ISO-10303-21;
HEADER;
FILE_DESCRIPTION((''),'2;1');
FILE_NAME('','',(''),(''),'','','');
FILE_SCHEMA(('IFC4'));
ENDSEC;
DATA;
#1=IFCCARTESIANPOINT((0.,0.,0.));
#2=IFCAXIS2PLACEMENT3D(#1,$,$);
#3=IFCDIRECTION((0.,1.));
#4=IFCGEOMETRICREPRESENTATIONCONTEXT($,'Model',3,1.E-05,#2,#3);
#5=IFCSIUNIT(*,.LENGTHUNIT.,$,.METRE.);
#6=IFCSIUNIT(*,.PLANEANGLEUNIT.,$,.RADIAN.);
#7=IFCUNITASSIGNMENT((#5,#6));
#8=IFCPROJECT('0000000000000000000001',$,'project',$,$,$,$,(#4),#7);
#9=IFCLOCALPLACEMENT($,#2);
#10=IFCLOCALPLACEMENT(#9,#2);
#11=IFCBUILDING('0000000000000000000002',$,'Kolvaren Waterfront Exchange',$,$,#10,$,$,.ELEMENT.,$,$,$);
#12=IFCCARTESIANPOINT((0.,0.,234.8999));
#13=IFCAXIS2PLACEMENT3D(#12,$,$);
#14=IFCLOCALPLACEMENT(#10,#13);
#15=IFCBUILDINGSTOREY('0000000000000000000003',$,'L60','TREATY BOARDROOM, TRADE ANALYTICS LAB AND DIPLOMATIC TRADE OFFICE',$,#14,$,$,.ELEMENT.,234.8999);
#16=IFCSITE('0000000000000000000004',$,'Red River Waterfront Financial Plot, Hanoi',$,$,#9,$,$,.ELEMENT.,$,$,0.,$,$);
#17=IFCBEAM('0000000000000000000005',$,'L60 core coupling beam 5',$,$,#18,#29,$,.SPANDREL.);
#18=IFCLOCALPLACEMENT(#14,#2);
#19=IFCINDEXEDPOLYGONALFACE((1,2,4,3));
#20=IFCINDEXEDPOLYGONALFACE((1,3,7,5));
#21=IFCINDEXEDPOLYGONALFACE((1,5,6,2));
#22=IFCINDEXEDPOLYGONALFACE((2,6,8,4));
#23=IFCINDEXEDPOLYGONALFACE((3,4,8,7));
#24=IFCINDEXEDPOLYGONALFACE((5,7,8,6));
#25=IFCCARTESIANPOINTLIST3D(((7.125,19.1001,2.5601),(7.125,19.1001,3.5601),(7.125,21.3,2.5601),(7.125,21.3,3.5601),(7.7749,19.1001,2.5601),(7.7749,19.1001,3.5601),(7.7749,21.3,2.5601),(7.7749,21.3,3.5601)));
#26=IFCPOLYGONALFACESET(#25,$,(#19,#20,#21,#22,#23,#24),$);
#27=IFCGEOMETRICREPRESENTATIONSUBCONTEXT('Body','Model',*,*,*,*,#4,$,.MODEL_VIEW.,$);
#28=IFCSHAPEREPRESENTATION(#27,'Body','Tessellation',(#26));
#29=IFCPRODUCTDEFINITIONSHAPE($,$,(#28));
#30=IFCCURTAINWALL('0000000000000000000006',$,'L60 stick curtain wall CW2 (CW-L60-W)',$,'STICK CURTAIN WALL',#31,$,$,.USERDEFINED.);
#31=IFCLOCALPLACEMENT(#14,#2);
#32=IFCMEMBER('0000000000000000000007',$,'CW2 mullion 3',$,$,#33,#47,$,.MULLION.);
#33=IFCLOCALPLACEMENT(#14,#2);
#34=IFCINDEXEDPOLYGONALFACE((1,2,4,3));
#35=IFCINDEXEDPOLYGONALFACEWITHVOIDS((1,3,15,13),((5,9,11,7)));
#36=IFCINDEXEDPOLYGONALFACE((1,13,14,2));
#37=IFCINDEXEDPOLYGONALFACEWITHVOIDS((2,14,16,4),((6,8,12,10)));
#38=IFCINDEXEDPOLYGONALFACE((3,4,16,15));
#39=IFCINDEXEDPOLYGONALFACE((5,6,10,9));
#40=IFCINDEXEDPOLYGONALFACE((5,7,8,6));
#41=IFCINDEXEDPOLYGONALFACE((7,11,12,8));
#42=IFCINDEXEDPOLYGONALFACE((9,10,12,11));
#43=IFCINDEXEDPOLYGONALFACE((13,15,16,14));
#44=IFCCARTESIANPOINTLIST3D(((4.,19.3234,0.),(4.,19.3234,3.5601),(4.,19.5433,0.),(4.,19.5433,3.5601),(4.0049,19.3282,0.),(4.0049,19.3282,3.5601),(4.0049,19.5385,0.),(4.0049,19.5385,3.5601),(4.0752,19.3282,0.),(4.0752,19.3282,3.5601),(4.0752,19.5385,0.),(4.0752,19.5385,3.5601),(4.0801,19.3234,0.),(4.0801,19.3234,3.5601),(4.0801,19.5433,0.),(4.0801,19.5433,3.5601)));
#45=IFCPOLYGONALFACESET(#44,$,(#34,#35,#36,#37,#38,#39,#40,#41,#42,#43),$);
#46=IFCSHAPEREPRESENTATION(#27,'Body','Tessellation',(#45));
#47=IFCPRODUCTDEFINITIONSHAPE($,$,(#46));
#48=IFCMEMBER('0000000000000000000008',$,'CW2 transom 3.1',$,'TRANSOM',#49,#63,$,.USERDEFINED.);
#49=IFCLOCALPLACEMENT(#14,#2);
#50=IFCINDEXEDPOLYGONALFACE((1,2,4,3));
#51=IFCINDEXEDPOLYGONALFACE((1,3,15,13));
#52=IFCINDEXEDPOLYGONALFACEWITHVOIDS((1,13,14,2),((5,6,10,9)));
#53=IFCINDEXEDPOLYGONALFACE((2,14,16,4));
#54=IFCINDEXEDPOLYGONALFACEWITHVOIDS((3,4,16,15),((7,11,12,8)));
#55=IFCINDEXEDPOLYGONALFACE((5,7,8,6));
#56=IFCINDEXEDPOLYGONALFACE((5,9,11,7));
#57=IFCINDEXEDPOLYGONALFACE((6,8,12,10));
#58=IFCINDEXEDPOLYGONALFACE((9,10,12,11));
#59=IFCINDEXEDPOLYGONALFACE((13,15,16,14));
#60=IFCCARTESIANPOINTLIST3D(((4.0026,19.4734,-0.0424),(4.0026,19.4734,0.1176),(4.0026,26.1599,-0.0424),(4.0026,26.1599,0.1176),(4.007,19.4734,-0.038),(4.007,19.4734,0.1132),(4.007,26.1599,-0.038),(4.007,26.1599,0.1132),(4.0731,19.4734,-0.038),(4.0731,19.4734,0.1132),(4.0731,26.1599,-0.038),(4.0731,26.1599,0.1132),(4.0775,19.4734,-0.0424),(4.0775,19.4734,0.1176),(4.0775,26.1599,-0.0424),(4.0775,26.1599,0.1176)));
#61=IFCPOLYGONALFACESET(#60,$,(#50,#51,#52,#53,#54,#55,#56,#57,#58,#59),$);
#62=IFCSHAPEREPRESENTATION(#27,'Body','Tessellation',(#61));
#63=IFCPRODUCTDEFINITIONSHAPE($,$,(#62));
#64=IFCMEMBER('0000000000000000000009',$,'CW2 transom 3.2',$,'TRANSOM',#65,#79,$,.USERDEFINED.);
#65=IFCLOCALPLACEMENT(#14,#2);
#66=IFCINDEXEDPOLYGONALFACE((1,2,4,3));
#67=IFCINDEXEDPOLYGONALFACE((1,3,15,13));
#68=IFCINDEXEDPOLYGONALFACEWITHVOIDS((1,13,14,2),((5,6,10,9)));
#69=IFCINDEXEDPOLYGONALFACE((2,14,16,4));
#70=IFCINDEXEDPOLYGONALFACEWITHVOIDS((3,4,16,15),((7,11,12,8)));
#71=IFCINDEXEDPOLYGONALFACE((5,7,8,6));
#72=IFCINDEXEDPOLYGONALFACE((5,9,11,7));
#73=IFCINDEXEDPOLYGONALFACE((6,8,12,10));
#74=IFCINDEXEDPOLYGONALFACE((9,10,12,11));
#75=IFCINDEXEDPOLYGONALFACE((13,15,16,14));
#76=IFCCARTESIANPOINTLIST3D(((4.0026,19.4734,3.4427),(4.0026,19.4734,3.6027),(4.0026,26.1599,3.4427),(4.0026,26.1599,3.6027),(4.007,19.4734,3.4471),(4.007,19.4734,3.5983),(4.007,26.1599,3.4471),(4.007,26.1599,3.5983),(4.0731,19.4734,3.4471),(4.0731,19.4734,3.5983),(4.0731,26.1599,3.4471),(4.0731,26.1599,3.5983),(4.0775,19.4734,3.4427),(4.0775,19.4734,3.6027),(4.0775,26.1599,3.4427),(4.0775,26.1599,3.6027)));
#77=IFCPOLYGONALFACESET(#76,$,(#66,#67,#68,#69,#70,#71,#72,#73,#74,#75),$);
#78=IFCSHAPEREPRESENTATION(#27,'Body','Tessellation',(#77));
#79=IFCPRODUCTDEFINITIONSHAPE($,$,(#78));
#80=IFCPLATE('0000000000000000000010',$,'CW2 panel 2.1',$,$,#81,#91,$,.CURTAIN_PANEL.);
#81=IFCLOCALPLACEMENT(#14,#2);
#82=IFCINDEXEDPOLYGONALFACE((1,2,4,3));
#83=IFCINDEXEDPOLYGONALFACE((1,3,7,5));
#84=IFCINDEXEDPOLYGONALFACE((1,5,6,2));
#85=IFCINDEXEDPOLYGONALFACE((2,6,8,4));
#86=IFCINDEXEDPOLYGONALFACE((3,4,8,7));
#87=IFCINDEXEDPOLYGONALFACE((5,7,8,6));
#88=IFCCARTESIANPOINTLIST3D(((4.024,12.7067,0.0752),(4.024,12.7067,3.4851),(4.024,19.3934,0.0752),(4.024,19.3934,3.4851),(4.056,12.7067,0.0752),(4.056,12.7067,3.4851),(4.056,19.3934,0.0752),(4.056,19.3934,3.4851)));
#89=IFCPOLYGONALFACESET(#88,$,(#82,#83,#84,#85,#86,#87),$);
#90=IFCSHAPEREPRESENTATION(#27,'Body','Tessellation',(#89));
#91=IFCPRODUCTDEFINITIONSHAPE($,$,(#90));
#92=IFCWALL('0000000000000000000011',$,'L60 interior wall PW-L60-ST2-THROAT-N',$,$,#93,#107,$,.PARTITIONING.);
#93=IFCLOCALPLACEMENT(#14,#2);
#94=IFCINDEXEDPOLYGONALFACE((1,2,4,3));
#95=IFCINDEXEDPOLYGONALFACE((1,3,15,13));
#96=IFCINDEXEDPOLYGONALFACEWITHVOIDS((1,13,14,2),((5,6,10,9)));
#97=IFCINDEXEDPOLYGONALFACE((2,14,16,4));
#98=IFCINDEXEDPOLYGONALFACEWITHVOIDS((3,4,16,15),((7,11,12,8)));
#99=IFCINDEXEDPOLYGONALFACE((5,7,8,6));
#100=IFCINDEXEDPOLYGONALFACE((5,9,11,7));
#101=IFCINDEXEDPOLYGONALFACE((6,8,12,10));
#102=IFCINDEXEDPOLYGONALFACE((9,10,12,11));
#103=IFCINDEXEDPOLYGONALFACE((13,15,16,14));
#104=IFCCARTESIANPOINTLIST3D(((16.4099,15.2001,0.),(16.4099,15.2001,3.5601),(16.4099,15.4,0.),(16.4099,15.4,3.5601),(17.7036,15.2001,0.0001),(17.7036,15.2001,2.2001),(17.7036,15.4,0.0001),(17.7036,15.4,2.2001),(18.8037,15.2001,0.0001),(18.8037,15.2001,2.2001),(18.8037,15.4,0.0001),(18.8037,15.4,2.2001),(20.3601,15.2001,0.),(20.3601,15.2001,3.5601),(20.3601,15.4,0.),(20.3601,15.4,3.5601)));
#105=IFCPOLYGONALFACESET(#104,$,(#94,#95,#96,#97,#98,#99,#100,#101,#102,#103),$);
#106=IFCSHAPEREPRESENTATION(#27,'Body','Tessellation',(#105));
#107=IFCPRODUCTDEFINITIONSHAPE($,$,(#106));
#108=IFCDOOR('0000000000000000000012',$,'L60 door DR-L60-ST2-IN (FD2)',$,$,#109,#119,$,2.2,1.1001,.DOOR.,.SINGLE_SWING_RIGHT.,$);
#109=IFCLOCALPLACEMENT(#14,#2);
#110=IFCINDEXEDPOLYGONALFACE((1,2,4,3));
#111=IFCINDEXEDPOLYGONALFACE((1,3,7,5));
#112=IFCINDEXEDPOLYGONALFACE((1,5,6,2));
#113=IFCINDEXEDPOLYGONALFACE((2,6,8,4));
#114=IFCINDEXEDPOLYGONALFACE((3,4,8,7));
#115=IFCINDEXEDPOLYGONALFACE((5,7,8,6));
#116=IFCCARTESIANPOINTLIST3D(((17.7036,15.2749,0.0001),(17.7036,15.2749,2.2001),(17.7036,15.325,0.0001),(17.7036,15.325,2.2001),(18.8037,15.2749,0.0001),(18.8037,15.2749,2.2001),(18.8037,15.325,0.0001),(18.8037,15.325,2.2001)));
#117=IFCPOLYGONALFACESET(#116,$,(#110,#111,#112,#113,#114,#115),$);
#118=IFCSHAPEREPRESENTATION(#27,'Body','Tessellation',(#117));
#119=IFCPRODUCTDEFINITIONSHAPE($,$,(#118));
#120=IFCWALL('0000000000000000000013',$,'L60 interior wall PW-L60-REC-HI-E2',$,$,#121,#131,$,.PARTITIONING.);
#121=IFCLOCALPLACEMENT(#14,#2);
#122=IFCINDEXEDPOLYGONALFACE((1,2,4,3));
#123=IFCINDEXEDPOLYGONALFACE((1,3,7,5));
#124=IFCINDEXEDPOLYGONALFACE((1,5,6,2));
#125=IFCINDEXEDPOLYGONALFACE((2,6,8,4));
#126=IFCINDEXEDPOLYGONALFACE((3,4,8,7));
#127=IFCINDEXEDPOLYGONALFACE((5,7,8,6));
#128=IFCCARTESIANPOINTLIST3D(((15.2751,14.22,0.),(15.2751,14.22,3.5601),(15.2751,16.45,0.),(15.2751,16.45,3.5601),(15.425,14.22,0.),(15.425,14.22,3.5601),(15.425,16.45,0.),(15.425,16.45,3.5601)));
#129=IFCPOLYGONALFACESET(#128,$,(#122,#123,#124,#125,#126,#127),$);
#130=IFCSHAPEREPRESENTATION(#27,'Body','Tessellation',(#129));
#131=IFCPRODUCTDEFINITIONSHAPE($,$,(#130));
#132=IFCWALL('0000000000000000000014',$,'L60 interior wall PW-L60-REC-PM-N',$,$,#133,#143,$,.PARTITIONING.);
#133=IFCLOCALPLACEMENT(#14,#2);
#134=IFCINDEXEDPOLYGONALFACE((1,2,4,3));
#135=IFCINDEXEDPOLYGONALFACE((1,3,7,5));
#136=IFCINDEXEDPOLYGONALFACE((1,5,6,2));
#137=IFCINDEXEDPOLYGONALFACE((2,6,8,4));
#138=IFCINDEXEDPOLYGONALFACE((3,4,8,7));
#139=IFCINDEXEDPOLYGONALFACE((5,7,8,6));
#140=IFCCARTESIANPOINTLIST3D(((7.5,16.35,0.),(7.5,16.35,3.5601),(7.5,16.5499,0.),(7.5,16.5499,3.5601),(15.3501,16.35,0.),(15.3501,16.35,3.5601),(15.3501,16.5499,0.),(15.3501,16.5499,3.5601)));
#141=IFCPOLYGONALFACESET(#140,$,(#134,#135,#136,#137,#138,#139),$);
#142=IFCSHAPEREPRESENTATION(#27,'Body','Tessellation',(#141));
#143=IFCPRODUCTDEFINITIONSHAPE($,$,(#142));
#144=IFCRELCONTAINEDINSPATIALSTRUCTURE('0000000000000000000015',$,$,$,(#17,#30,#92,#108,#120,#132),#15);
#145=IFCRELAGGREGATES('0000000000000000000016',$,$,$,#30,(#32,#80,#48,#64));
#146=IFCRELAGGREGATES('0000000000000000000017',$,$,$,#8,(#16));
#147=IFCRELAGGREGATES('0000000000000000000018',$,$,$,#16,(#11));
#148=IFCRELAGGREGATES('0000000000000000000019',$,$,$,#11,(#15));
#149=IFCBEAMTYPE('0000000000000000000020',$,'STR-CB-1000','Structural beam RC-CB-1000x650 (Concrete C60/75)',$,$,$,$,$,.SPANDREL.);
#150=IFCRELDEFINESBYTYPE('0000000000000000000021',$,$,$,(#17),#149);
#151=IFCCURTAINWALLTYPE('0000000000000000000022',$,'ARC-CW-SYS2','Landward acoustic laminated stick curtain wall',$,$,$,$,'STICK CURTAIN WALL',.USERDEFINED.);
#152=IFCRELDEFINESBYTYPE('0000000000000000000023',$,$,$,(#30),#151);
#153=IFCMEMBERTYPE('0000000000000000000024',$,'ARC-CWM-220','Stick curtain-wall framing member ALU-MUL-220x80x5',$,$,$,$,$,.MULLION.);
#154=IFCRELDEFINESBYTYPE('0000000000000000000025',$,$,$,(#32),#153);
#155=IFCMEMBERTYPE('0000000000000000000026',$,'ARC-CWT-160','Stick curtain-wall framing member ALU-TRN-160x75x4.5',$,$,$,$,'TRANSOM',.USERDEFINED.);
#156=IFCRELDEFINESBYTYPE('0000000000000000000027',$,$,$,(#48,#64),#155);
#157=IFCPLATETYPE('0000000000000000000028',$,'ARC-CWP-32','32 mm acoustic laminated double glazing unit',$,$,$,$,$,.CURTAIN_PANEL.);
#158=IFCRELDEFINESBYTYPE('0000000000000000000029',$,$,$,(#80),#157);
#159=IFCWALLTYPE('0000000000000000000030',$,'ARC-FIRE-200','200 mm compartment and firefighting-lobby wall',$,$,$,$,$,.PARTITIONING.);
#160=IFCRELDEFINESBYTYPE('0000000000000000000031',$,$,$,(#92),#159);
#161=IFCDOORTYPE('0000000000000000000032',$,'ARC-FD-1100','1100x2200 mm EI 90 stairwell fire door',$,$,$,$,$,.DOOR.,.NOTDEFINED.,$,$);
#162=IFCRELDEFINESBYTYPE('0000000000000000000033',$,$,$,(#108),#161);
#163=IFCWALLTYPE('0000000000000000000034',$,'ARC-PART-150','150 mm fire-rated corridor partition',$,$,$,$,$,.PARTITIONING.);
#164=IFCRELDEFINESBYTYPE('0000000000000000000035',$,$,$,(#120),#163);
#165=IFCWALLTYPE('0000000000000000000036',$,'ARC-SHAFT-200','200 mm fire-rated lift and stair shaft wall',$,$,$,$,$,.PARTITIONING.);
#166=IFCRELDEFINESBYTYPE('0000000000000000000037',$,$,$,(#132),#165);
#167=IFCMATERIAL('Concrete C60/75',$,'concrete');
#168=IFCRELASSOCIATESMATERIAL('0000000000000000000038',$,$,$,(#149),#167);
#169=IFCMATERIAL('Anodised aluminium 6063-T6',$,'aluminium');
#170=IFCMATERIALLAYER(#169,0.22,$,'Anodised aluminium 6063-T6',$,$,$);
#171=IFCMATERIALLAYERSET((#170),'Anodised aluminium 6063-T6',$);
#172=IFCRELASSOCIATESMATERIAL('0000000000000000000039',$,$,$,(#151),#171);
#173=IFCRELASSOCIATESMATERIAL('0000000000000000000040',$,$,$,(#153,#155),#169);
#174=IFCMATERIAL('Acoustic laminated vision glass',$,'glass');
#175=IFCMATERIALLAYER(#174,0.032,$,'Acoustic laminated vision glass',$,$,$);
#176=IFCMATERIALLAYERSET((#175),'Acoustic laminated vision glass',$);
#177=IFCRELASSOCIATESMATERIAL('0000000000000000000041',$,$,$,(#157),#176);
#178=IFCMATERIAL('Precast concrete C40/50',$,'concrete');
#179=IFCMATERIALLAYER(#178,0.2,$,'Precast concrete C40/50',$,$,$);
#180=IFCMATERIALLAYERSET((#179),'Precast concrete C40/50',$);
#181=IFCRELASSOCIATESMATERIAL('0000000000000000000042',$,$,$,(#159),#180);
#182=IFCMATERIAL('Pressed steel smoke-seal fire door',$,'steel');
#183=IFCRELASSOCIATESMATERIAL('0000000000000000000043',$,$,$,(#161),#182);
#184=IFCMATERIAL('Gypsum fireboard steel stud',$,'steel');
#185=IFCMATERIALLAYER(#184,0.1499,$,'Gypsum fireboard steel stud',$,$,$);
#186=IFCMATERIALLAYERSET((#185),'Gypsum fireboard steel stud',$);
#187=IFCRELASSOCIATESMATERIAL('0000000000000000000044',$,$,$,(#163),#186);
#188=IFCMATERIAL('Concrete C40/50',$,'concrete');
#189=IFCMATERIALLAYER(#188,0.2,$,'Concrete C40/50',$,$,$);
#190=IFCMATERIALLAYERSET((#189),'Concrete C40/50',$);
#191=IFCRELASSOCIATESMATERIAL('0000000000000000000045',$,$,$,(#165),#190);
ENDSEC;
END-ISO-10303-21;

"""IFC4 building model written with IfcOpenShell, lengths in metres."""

from ifc_helpers import new_model, si_unit, direction, frame, frame_2d, origin, origin_with_axes, origin_2d, place, context, subcontext, project, spatial, rectangle, hollow_rectangle, extrude, source, transform, mapped, material, layer, layer_set, material_profile, profile_set, type_object, element, fill, aggregate, save


model = new_model("IFC4")

# Units and contexts
model_context = context("Model", 3, precision=1e-05, world=origin(), true_north=direction((0.0, 1.0)))
body_context = subcontext(model_context, "Body", "Model", "MODEL_VIEW")
ifc_project = project(units=[si_unit("LENGTHUNIT", "METRE"), si_unit("PLANEANGLEUNIT", "RADIAN")], contexts=[model_context])

# Site, building, storey
site_placement = place(None, origin())
site = spatial("IfcSite", under=ifc_project, at=site_placement, Name="Red River Waterfront Financial Plot, Hanoi", CompositionType="ELEMENT", RefElevation=0.0)
building_placement = place(site_placement, origin())
building = spatial("IfcBuilding", under=site, at=building_placement, Name="Kolvaren Waterfront Exchange", CompositionType="ELEMENT")
storey_placement = place(building_placement, frame((0.0, 0.0, 234.8999)))
storey = spatial("IfcBuildingStorey", under=building, at=storey_placement, Name="L60", Description="TREATY BOARDROOM, TRADE ANALYTICS LAB AND DIPLOMATIC TRADE OFFICE", CompositionType="ELEMENT", Elevation=234.8999)

# Beam
ifc_material_1 = material(Name="Concrete C60/75", Category="concrete")
ifc_material_profile_1 = material_profile(ifc_material_1, rectangle(XDim=0.6499, YDim=1.0, at=origin_2d()), Name="RC-CB-1000x650")
ifc_profile_set_1 = profile_set([ifc_material_profile_1], Name="Concrete C60/75")
beam_type = type_object("IfcBeamType", Name="STR-CB-1000", Description="Structural beam RC-CB-1000x650 (Concrete C60/75)", PredefinedType="SPANDREL", material=ifc_profile_set_1)
beam_placement = place(storey_placement, frame((7.45, 19.1001, 3.0601), z_axis=(0.0, 1.0, 0.0), x_axis=(-1.0, 0.0, 0.0)))
element("IfcBeam", 1, at=beam_placement, inside=storey, type_object=beam_type, Name="L60 core coupling beam 5", PredefinedType="SPANDREL", context=body_context, shape_type="SweptSolid", body=[
    extrude(rectangle(XDim=0.6499, YDim=1.0, at=origin_2d()), origin(), (0.0, 0.0, 1.0), 2.2),
])

# Curtain wall, members, plate
ifc_material_2 = material(Name="Anodised aluminium 6063-T6", Category="aluminium")
ifc_layer_1 = layer(ifc_material_2, 0.22, Name="Anodised aluminium 6063-T6")
ifc_layer_set_1 = layer_set([ifc_layer_1], Name="Anodised aluminium 6063-T6")
curtain_wall_type = type_object("IfcCurtainWallType", Name="ARC-CW-SYS2", Description="Landward acoustic laminated stick curtain wall", ElementType="STICK CURTAIN WALL", PredefinedType="USERDEFINED", material=ifc_layer_set_1)
curtain_wall_placement = place(storey_placement, origin())
curtain_wall = element("IfcCurtainWall", 2, at=curtain_wall_placement, inside=storey, type_object=curtain_wall_type, Name="L60 stick curtain wall CW2 (CW-L60-W)", ObjectType="STICK CURTAIN WALL", PredefinedType="USERDEFINED")
ifc_material_profile_2 = material_profile(ifc_material_2, hollow_rectangle(XDim=0.0801, YDim=0.22, WallThickness=0.0049, at=origin_2d()), Name="ALU-MUL-220x80x5")
ifc_profile_set_2 = profile_set([ifc_material_profile_2], Name="Anodised aluminium 6063-T6")
member_type_1 = type_object("IfcMemberType", Name="ARC-CWM-220", Description="Stick curtain-wall framing member ALU-MUL-220x80x5", PredefinedType="MULLION", material=ifc_profile_set_2)
shared_shape_1 = source(origin_with_axes(), body_context, "Body", "SweptSolid", [
    extrude(hollow_rectangle(XDim=0.0801, YDim=0.22, WallThickness=0.0049, at=origin_2d()), origin(), (0.0, 0.0, 1.0), 3.5601),
])
member_1_placement = place(storey_placement, frame((4.04, 19.4333, 0.0), z_axis=(0.0, 0.0, 1.0), x_axis=(-1.0, 0.0, 0.0)))
member_1 = element("IfcMember", 3, at=member_1_placement, type_object=member_type_1, Name="CW2 mullion 3", PredefinedType="MULLION", context=body_context, shape_type="MappedRepresentation", body=[
    mapped(shared_shape_1, transform((0.0, 0.0, 0.0), x_axis=(1.0, 0.0, 0.0), y_axis=(0.0, 1.0, 0.0), z_axis=(0.0, 0.0, 1.0), scale=1.0)),
])
ifc_material_profile_3 = material_profile(ifc_material_2, hollow_rectangle(XDim=0.075, YDim=0.1599, WallThickness=0.0044, at=origin_2d()), Name="ALU-TRN-160x75x4.5")
ifc_profile_set_3 = profile_set([ifc_material_profile_3], Name="Anodised aluminium 6063-T6")
member_type_2 = type_object("IfcMemberType", Name="ARC-CWT-160", Description="Stick curtain-wall framing member ALU-TRN-160x75x4.5", ElementType="TRANSOM", PredefinedType="USERDEFINED", material=ifc_profile_set_3)
shared_shape_2 = source(origin_with_axes(), body_context, "Body", "SweptSolid", [
    extrude(hollow_rectangle(XDim=0.075, YDim=0.1599, WallThickness=0.0044, at=origin_2d()), origin(), (0.0, 0.0, 1.0), 6.6865),
])
member_2_placement = place(storey_placement, frame((4.04, 19.4734, 0.0376), z_axis=(0.0, 1.0, 0.0), x_axis=(-1.0, 0.0, 0.0)))
member_2 = element("IfcMember", 4, at=member_2_placement, type_object=member_type_2, Name="CW2 transom 3.1", ObjectType="TRANSOM", PredefinedType="USERDEFINED", context=body_context, shape_type="MappedRepresentation", body=[
    mapped(shared_shape_2, transform((0.0, 0.0, 0.0), x_axis=(1.0, 0.0, 0.0), y_axis=(0.0, 1.0, 0.0), z_axis=(0.0, 0.0, 1.0), scale=1.0)),
])
member_3_placement = place(storey_placement, frame((4.04, 19.4734, 3.5227), z_axis=(0.0, 1.0, 0.0), x_axis=(-1.0, 0.0, 0.0)))
member_3 = element("IfcMember", 5, at=member_3_placement, type_object=member_type_2, Name="CW2 transom 3.2", ObjectType="TRANSOM", PredefinedType="USERDEFINED", context=body_context, shape_type="MappedRepresentation", body=[
    mapped(shared_shape_2, transform((0.0, 0.0, 0.0), x_axis=(1.0, 0.0, 0.0), y_axis=(0.0, 1.0, 0.0), z_axis=(0.0, 0.0, 1.0), scale=1.0)),
])
ifc_material_3 = material(Name="Acoustic laminated vision glass", Category="glass")
ifc_layer_2 = layer(ifc_material_3, 0.032, Name="Acoustic laminated vision glass")
ifc_layer_set_2 = layer_set([ifc_layer_2], Name="Acoustic laminated vision glass")
plate_type = type_object("IfcPlateType", Name="ARC-CWP-32", Description="32 mm acoustic laminated double glazing unit", PredefinedType="CURTAIN_PANEL", material=ifc_layer_set_2)
shared_shape_3 = source(origin_with_axes(), body_context, "Body", "SweptSolid", [
    extrude(rectangle(XDim=6.6868, YDim=0.032, at=origin_2d()), origin(), (0.0, 0.0, 1.0), 3.4099),
])
plate_placement = place(storey_placement, frame((4.04, 16.05, 0.0752), z_axis=(0.0, 0.0, 1.0), x_axis=(0.0, 1.0, 0.0)))
plate = element("IfcPlate", 6, at=plate_placement, type_object=plate_type, Name="CW2 panel 2.1", PredefinedType="CURTAIN_PANEL", context=body_context, shape_type="MappedRepresentation", body=[
    mapped(shared_shape_3, transform((0.0, 0.0, 0.0), x_axis=(1.0, 0.0, 0.0), y_axis=(0.0, 1.0, 0.0), z_axis=(0.0, 0.0, 1.0), scale=1.0)),
])
aggregate(curtain_wall, [member_1, plate, member_2, member_3])

# Wall, opening, door
ifc_material_4 = material(Name="Precast concrete C40/50", Category="concrete")
ifc_layer_3 = layer(ifc_material_4, 0.2, Name="Precast concrete C40/50")
ifc_layer_set_3 = layer_set([ifc_layer_3], Name="Precast concrete C40/50")
wall_type_1 = type_object("IfcWallType", Name="ARC-FIRE-200", Description="200 mm compartment and firefighting-lobby wall", PredefinedType="PARTITIONING", material=ifc_layer_set_3)
wall_1_placement = place(storey_placement, frame((16.4099, 15.3, 0.0), z_axis=(0.0, 0.0, 1.0), x_axis=(1.0, 0.0, 0.0)))
wall_1 = element("IfcWall", 7, at=wall_1_placement, inside=storey, type_object=wall_type_1, Name="L60 interior wall PW-L60-ST2-THROAT-N", PredefinedType="PARTITIONING", context=body_context, shape_type="SweptSolid", body=[
    extrude(rectangle(XDim=3.9502, YDim=0.2, at=frame_2d((1.9751, 0.0))), origin(), (0.0, 0.0, 1.0), 3.5601),
])
opening_1_placement = place(wall_1_placement, frame((1.2937, 0.0, 0.0)))
opening_1 = element("IfcOpeningElement", 8, at=opening_1_placement, cuts=wall_1, PredefinedType="OPENING", context=body_context, shape_type="SweptSolid", body=[
    extrude(rectangle(XDim=1.1001, YDim=2.2, at=frame_2d((0.55, 1.1001))), frame((0.0, 0.1099, 0.0), z_axis=(0.0, -1.0, 0.0), x_axis=(1.0, 0.0, 0.0)), (0.0, 0.0, 1.0), 0.22),
])
ifc_material_5 = material(Name="Pressed steel smoke-seal fire door", Category="steel")
door_type_1 = type_object("IfcDoorType", Name="ARC-FD-1100", Description="1100x2200 mm EI 90 stairwell fire door", OperationType="NOTDEFINED", PredefinedType="DOOR", material=ifc_material_5)
door_1_placement = place(opening_1_placement, origin())
door_1 = element("IfcDoor", 9, at=door_1_placement, inside=storey, type_object=door_type_1, Name="L60 door DR-L60-ST2-IN (FD2)", OperationType="SINGLE_SWING_RIGHT", OverallHeight=2.2, OverallWidth=1.1001, PredefinedType="DOOR", context=body_context, shape_type="SweptSolid", body=[
    extrude(rectangle(XDim=1.1001, YDim=2.2, at=frame_2d((0.55, 1.1001))), frame((0.0, 0.0249, 0.0), z_axis=(0.0, -1.0, 0.0), x_axis=(1.0, 0.0, 0.0)), (0.0, 0.0, 1.0), 0.05),
])
fill(opening_1, door_1)

# Walls
ifc_material_6 = material(Name="Gypsum fireboard steel stud", Category="steel")
ifc_layer_4 = layer(ifc_material_6, 0.1499, Name="Gypsum fireboard steel stud")
ifc_layer_set_4 = layer_set([ifc_layer_4], Name="Gypsum fireboard steel stud")
wall_type_2 = type_object("IfcWallType", Name="ARC-PART-150", Description="150 mm fire-rated corridor partition", PredefinedType="PARTITIONING", material=ifc_layer_set_4)
wall_2_placement = place(storey_placement, frame((15.3501, 14.22, 0.0), z_axis=(0.0, 0.0, 1.0), x_axis=(0.0, 1.0, 0.0)))
element("IfcWall", 10, at=wall_2_placement, inside=storey, type_object=wall_type_2, Name="L60 interior wall PW-L60-REC-HI-E2", PredefinedType="PARTITIONING", context=body_context, shape_type="SweptSolid", body=[
    extrude(rectangle(XDim=2.23, YDim=0.1499, at=frame_2d((1.115, 0.0))), origin(), (0.0, 0.0, 1.0), 3.5601),
])
ifc_material_7 = material(Name="Concrete C40/50", Category="concrete")
ifc_layer_5 = layer(ifc_material_7, 0.2, Name="Concrete C40/50")
ifc_layer_set_5 = layer_set([ifc_layer_5], Name="Concrete C40/50")
wall_type_3 = type_object("IfcWallType", Name="ARC-SHAFT-200", Description="200 mm fire-rated lift and stair shaft wall", PredefinedType="PARTITIONING", material=ifc_layer_set_5)
wall_3_placement = place(storey_placement, frame((7.5, 16.45, 0.0), z_axis=(0.0, 0.0, 1.0), x_axis=(1.0, 0.0, 0.0)))
element("IfcWall", 11, at=wall_3_placement, inside=storey, type_object=wall_type_3, Name="L60 interior wall PW-L60-REC-PM-N", PredefinedType="PARTITIONING", context=body_context, shape_type="SweptSolid", body=[
    extrude(rectangle(XDim=7.8501, YDim=0.2, at=frame_2d((3.925, 0.0))), origin(), (0.0, 0.0, 1.0), 3.5601),
])

save(model, "model.ifc")
